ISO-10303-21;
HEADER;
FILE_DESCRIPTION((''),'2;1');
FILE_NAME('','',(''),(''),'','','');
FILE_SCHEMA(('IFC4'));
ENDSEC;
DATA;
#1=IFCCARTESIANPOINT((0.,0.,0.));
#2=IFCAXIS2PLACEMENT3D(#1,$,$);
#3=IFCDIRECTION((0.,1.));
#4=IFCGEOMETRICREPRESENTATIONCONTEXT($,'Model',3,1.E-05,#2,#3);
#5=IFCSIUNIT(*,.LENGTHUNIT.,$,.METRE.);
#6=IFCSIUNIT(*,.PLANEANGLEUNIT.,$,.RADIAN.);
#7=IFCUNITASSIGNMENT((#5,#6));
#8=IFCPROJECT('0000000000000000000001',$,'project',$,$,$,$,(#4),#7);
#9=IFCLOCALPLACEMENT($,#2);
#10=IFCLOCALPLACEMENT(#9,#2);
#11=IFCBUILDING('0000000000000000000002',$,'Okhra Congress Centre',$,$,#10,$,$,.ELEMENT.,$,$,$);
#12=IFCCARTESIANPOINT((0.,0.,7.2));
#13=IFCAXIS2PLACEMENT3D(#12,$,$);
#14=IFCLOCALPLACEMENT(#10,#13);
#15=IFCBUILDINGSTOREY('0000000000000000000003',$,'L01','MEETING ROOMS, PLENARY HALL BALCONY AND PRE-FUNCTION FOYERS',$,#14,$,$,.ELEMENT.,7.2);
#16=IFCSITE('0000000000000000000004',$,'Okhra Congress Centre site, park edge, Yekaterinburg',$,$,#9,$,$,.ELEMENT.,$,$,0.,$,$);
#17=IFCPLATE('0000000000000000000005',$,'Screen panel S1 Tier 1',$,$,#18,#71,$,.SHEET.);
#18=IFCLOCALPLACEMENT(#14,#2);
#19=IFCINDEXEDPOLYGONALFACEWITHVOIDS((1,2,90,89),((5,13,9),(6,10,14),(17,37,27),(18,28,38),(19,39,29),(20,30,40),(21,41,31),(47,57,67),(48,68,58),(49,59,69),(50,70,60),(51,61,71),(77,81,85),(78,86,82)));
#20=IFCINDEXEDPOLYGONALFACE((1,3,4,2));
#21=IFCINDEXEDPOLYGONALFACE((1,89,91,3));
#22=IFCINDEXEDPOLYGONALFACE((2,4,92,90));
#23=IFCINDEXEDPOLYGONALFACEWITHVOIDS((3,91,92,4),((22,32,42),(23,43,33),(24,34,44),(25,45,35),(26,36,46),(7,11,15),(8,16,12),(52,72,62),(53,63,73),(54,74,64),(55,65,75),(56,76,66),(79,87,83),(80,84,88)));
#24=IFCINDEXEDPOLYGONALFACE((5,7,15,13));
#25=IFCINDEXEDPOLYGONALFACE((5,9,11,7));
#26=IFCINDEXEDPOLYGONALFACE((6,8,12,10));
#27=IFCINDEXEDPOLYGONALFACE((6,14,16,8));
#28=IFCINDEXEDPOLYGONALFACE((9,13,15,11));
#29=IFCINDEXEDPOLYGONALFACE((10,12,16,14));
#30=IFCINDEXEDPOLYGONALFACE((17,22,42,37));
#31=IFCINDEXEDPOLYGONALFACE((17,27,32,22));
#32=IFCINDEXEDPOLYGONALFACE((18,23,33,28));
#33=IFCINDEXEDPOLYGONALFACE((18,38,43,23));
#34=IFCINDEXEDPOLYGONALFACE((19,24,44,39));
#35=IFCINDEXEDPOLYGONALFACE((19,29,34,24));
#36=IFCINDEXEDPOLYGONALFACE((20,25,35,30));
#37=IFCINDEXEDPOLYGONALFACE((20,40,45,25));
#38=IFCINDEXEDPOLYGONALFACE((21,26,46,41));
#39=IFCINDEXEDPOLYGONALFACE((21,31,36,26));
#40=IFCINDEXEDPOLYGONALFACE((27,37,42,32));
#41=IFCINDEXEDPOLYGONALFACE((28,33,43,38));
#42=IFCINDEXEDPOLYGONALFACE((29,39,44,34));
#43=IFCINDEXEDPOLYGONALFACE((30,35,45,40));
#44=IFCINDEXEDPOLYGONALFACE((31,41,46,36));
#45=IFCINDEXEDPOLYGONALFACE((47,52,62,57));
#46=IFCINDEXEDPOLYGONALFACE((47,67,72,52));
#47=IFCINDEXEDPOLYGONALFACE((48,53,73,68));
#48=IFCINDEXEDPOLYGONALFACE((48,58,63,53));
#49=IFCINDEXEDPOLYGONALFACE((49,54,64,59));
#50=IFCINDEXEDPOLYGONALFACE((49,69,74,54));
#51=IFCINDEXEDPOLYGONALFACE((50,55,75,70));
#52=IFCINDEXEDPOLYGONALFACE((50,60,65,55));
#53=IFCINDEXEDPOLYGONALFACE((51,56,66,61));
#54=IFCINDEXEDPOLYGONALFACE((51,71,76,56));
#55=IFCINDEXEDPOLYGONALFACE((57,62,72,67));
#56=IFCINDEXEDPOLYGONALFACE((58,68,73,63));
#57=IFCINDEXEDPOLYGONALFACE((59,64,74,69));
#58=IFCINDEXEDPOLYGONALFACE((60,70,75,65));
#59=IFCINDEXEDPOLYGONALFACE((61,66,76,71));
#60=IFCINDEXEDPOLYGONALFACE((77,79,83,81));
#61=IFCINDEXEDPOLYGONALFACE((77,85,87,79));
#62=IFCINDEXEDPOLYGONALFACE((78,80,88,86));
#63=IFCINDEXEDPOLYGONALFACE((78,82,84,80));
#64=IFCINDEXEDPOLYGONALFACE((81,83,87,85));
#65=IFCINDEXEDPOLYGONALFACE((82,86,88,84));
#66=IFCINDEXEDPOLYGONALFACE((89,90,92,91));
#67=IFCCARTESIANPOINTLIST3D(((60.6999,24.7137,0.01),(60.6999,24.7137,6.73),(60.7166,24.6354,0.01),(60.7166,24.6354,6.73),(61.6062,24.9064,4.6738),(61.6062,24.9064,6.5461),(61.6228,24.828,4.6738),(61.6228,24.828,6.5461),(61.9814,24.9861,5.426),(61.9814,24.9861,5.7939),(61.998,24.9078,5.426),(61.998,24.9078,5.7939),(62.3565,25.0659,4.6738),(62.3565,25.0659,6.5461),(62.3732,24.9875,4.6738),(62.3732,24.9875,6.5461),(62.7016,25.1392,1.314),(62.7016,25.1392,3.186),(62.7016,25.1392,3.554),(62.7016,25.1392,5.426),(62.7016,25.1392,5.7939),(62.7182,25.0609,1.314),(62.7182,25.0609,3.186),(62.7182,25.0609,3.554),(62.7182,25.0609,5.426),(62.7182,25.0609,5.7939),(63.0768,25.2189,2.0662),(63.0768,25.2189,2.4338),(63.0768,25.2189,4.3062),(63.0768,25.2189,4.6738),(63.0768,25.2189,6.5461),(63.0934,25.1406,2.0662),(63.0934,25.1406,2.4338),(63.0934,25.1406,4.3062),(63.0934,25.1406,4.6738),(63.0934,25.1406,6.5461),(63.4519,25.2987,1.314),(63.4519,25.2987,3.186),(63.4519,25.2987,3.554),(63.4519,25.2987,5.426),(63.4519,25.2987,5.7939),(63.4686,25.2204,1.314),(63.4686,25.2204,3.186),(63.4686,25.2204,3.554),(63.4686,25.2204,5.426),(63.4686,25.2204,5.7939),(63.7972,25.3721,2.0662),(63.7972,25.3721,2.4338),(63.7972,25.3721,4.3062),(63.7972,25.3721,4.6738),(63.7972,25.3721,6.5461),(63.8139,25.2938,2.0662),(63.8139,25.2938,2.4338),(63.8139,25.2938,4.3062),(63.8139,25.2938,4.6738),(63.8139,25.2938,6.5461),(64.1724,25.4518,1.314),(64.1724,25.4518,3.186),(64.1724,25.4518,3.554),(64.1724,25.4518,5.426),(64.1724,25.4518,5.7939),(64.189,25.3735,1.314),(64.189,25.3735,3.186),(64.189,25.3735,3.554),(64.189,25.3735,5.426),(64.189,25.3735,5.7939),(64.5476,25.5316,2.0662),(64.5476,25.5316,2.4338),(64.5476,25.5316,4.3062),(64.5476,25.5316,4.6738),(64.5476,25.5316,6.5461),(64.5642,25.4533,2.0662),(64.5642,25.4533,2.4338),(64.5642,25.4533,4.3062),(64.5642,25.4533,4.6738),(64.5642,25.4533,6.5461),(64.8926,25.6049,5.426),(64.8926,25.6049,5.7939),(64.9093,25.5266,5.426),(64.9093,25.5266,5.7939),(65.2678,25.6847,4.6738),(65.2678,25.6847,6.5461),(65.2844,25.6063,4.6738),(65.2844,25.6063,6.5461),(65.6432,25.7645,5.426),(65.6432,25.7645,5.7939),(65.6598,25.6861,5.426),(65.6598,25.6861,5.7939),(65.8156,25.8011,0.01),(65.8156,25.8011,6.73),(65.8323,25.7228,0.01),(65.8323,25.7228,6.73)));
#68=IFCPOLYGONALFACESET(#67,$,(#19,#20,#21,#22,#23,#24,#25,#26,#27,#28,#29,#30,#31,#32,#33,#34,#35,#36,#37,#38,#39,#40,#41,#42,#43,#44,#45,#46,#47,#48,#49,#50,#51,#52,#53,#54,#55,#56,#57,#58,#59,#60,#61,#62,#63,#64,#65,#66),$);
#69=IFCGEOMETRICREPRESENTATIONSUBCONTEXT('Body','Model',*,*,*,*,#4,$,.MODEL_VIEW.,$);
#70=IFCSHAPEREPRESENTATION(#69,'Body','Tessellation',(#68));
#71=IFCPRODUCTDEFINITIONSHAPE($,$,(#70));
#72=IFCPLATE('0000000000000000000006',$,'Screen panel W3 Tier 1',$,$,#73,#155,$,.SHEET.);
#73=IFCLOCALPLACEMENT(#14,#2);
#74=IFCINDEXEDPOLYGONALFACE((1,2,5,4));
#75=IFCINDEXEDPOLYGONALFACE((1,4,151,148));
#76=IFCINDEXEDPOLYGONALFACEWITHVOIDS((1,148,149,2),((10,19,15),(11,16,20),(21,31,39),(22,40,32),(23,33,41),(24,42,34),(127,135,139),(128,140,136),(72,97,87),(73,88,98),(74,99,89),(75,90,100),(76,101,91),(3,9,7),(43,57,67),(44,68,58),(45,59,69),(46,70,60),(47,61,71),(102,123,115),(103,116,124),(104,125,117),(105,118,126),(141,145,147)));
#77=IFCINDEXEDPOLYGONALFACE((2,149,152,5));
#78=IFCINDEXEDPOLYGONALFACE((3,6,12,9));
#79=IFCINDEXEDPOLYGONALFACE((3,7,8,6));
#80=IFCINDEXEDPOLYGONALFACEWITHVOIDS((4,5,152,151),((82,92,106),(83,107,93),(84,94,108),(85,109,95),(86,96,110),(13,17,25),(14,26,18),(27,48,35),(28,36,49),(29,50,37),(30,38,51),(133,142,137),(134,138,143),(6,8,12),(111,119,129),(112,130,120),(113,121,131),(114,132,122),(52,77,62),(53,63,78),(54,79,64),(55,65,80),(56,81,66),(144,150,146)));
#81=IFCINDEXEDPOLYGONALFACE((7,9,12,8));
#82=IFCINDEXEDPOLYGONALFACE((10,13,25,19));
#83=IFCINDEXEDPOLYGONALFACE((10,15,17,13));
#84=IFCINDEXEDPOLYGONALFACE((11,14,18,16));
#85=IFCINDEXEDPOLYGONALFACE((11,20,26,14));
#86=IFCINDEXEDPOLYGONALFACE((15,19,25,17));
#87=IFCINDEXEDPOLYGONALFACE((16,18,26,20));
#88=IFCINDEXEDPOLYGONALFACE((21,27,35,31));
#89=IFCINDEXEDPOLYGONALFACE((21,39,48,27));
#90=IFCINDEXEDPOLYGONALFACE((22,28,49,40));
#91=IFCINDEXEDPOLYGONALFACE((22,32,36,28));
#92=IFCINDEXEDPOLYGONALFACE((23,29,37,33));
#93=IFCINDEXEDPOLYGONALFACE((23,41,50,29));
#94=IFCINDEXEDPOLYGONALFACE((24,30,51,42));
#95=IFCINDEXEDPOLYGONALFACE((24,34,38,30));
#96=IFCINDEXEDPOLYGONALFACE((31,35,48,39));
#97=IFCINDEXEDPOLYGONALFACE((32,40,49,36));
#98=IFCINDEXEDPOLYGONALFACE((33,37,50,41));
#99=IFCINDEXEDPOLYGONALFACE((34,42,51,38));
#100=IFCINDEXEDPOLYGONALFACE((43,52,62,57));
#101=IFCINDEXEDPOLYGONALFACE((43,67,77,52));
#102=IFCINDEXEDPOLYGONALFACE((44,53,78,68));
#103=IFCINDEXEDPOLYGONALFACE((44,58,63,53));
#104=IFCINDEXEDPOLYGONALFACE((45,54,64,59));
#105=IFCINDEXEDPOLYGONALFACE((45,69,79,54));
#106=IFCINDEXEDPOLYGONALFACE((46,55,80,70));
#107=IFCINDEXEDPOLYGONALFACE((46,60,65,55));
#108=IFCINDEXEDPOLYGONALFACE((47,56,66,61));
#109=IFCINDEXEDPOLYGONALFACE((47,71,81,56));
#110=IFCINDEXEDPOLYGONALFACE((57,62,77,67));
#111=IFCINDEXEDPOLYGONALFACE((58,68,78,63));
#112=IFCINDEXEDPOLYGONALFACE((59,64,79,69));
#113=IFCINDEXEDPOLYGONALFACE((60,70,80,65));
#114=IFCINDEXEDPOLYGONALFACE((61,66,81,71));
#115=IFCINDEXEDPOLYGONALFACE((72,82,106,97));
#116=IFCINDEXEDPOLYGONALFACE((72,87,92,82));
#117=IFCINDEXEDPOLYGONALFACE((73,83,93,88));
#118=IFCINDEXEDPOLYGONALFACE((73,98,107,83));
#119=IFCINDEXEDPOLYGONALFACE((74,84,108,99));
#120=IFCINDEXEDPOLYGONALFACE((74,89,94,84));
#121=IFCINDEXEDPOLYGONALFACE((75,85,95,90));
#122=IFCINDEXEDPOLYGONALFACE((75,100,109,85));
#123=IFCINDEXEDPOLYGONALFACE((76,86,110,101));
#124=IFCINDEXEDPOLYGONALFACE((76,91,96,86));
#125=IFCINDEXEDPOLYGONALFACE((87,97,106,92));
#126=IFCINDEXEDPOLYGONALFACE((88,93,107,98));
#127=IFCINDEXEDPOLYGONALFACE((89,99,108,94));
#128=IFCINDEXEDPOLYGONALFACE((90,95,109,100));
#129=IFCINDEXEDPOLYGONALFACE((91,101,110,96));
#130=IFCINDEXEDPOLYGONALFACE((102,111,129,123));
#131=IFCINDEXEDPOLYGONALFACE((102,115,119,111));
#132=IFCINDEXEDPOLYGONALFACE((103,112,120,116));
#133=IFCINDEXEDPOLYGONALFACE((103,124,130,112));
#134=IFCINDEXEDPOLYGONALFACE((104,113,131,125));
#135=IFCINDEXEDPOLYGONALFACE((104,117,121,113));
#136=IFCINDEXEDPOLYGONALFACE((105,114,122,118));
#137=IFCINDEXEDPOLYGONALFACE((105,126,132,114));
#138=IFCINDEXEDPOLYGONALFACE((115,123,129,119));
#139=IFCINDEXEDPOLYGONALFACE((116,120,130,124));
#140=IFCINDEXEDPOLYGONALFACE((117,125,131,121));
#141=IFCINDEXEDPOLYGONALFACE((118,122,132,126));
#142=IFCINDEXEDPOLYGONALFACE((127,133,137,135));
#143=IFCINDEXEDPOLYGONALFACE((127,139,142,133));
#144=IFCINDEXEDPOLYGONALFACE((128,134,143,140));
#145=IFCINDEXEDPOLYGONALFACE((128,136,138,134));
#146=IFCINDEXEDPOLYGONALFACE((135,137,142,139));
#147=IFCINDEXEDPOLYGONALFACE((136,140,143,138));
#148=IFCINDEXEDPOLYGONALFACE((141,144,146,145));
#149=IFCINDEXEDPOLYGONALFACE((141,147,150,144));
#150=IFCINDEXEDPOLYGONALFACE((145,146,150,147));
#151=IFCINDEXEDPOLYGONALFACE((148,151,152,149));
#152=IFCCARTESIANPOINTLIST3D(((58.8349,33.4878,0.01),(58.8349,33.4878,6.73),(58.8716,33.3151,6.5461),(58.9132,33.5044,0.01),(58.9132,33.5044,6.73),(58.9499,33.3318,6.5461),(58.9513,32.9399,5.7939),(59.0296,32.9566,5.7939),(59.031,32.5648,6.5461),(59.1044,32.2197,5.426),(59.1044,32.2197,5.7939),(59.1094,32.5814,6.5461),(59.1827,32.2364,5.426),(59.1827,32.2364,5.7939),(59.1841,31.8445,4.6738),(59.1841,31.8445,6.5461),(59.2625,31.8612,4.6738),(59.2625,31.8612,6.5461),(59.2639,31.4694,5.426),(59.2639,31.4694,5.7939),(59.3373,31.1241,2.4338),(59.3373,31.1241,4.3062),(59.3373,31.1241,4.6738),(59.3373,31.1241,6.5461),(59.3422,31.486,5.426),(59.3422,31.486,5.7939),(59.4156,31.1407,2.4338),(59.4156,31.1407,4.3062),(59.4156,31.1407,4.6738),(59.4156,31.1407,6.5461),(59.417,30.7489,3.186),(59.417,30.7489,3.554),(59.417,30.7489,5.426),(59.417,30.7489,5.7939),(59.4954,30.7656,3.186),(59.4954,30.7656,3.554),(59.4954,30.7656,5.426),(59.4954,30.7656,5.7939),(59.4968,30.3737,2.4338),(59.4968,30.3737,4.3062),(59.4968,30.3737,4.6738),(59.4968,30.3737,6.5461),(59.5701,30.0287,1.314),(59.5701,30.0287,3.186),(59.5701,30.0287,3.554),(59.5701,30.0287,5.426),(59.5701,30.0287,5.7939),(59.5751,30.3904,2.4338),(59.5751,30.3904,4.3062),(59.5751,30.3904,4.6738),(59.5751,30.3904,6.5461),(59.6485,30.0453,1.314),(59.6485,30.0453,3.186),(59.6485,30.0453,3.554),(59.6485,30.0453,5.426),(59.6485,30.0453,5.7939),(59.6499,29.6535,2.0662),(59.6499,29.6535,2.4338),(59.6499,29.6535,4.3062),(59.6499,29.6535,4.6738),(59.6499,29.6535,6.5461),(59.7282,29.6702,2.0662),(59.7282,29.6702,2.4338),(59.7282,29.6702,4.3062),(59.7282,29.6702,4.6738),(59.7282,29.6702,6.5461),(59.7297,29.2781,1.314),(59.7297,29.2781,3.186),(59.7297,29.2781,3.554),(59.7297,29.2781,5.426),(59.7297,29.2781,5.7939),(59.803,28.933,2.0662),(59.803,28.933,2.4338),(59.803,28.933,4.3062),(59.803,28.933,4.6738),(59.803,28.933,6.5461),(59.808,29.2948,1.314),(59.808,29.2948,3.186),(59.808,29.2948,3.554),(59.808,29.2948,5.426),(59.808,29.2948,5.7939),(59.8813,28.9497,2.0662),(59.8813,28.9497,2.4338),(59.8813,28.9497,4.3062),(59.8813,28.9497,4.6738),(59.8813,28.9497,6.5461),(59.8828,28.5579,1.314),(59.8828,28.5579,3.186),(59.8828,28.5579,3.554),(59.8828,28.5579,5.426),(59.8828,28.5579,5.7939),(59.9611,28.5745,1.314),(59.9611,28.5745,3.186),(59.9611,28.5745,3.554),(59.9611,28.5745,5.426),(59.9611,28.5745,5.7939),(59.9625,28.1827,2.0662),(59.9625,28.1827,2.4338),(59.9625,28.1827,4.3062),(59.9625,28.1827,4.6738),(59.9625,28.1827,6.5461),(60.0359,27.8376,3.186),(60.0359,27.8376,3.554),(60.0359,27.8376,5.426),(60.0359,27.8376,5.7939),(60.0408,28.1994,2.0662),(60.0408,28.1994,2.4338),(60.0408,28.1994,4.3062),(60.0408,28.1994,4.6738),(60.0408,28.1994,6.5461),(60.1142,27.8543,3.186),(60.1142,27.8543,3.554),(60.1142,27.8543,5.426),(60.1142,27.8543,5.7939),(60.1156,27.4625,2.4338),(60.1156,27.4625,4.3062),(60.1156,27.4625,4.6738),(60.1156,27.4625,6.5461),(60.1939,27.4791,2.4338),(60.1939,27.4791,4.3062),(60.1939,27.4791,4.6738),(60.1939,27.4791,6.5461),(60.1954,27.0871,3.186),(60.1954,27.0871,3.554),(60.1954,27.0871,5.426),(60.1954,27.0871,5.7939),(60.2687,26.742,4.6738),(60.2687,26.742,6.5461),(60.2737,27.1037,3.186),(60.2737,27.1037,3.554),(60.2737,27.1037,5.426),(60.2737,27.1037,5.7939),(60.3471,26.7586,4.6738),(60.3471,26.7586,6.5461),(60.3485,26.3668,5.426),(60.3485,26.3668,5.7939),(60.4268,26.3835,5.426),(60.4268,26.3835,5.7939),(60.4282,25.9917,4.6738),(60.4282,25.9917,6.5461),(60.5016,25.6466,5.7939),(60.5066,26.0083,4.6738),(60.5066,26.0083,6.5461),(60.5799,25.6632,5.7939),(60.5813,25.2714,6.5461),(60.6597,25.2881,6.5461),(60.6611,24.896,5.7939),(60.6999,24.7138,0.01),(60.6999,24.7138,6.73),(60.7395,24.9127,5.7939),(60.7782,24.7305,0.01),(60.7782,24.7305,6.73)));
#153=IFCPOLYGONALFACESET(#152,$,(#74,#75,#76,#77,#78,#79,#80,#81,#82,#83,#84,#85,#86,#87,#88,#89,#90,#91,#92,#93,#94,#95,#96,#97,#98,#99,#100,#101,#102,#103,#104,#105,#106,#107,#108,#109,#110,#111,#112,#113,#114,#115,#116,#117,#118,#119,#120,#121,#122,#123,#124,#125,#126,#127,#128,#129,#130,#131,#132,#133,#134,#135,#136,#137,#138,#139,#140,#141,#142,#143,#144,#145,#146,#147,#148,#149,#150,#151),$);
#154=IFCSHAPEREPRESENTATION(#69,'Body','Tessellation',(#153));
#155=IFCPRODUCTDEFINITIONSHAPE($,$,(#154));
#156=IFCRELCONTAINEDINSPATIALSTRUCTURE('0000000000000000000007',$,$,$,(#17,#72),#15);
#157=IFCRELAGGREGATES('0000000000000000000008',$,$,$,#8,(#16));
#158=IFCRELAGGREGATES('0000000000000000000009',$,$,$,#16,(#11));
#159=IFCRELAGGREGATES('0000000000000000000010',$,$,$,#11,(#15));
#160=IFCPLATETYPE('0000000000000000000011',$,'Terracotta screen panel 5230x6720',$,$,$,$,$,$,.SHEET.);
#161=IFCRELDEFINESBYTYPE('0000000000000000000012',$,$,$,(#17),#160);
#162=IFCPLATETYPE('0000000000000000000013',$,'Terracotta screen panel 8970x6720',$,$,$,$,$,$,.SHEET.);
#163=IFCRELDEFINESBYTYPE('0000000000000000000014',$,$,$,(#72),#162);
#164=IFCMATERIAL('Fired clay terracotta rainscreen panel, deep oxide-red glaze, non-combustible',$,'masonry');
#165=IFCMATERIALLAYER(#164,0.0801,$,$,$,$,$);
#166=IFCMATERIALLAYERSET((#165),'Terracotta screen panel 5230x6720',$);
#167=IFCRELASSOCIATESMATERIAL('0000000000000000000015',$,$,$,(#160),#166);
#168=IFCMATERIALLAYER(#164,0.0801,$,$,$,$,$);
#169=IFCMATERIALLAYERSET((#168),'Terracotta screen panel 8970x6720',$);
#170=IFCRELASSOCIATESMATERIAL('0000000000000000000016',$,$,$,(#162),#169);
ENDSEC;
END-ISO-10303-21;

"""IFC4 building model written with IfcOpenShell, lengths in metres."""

from ifc_helpers import new_model, si_unit, direction, frame, origin, place, context, subcontext, project, spatial, polyline, outline, extrude, material, layer, layer_set, type_object, element, save


model = new_model("IFC4")

# Units and contexts
model_context = context("Model", 3, precision=1e-05, world=origin(), true_north=direction((0.0, 1.0)))
body_context = subcontext(model_context, "Body", "Model", "MODEL_VIEW")
ifc_project = project(units=[si_unit("LENGTHUNIT", "METRE"), si_unit("PLANEANGLEUNIT", "RADIAN")], contexts=[model_context])

# Site, building, storey
site_placement = place(None, origin())
site = spatial("IfcSite", under=ifc_project, at=site_placement, Name="Okhra Congress Centre site, park edge, Yekaterinburg", CompositionType="ELEMENT", RefElevation=0.0)
building_placement = place(site_placement, origin())
building = spatial("IfcBuilding", under=site, at=building_placement, Name="Okhra Congress Centre", CompositionType="ELEMENT")
storey_placement = place(building_placement, frame((0.0, 0.0, 7.2)))
storey = spatial("IfcBuildingStorey", under=building, at=storey_placement, Name="L01", Description="MEETING ROOMS, PLENARY HALL BALCONY AND PRE-FUNCTION FOYERS", CompositionType="ELEMENT", Elevation=7.2)

# Plates
ifc_material_1 = material(Name="Fired clay terracotta rainscreen panel, deep oxide-red glaze, non-combustible", Category="masonry")
ifc_layer_1 = layer(ifc_material_1, 0.0801)
ifc_layer_set_1 = layer_set([ifc_layer_1], Name="Terracotta screen panel 5230x6720")
plate_type_1 = type_object("IfcPlateType", Name="Terracotta screen panel 5230x6720", PredefinedType="SHEET", material=ifc_layer_set_1)
plate_1_placement = place(storey_placement, frame((60.7083, 24.6746, 0.01), z_axis=(0.0, 0.0, 1.0), x_axis=(0.978147, 0.207916, 0.0)))
element("IfcPlate", 1, at=plate_1_placement, inside=storey, type_object=plate_type_1, Name="Screen panel S1 Tier 1", PredefinedType="SHEET", context=body_context, shape_type="SweptSolid", body=[
    extrude(outline(polyline([(0.0, 0.0), (5.23, 0.0), (5.23, 6.72), (0.0, 6.72), (0.0, 0.0)]), holes=[polyline([(2.0464, 1.304), (2.8135, 1.304), (2.4299, 2.0562), (2.0464, 1.304)]), polyline([(3.1665, 2.0562), (3.55, 1.304), (3.9336, 2.0562), (3.1665, 2.0562)]), polyline([(2.0464, 3.176), (2.4299, 2.4238), (2.8135, 3.176), (2.0464, 3.176)]), polyline([(3.1665, 2.4238), (3.9336, 2.4238), (3.55, 3.176), (3.1665, 2.4238)]), polyline([(2.0464, 3.5439), (2.8135, 3.5439), (2.4299, 4.2961), (2.0464, 3.5439)]), polyline([(3.1665, 4.2961), (3.55, 3.5439), (3.9336, 4.2961), (3.1665, 4.2961)]), polyline([(0.9265, 4.6638), (1.6936, 4.6638), (1.3101, 5.416), (0.9265, 4.6638)]), polyline([(2.0464, 5.416), (2.4299, 4.6638), (2.8135, 5.416), (2.0464, 5.416)]), polyline([(3.1665, 4.6638), (3.9336, 4.6638), (3.55, 5.416), (3.1665, 4.6638)]), polyline([(4.2864, 5.416), (4.6699, 4.6638), (5.0537, 5.416), (4.2864, 5.416)]), polyline([(0.9265, 6.5361), (1.3101, 5.7839), (1.6936, 6.5361), (0.9265, 6.5361)]), polyline([(2.0464, 5.7839), (2.8135, 5.7839), (2.4299, 6.5361), (2.0464, 5.7839)]), polyline([(3.1665, 6.5361), (3.55, 5.7839), (3.9336, 6.5361), (3.1665, 6.5361)]), polyline([(4.2864, 5.7839), (5.0537, 5.7839), (4.6699, 6.5361), (4.2864, 5.7839)])]), frame((0.0, 0.04, 0.0), z_axis=(0.0, -1.0, 0.0), x_axis=(1.0, 0.0, 0.0)), (0.0, 0.0, 1.0), 0.0801),
])
ifc_layer_2 = layer(ifc_material_1, 0.0801)
ifc_layer_set_2 = layer_set([ifc_layer_2], Name="Terracotta screen panel 8970x6720")
plate_type_2 = type_object("IfcPlateType", Name="Terracotta screen panel 8970x6720", PredefinedType="SHEET", material=ifc_layer_set_2)
plate_2_placement = place(storey_placement, frame((58.874, 33.4961, 0.01), z_axis=(0.0, 0.0, 1.0), x_axis=(0.207915, -0.978147, 0.0)))
element("IfcPlate", 2, at=plate_2_placement, inside=storey, type_object=plate_type_2, Name="Screen panel W3 Tier 1", PredefinedType="SHEET", context=body_context, shape_type="SweptSolid", body=[
    extrude(outline(polyline([(0.0, 0.0), (8.97, 0.0), (8.97, 6.72), (0.0, 6.72), (0.0, 0.0)]), holes=[polyline([(3.5364, 1.304), (4.3037, 1.304), (3.9199, 2.0562), (3.5364, 1.304)]), polyline([(4.6565, 2.0562), (5.04, 1.304), (5.4236, 2.0562), (4.6565, 2.0562)]), polyline([(2.4165, 2.4238), (3.1836, 2.4238), (2.8, 3.176), (2.4165, 2.4238)]), polyline([(3.5364, 3.176), (3.9199, 2.4238), (4.3037, 3.176), (3.5364, 3.176)]), polyline([(4.6565, 2.4238), (5.4236, 2.4238), (5.04, 3.176), (4.6565, 2.4238)]), polyline([(5.7764, 3.176), (6.1599, 2.4238), (6.5437, 3.176), (5.7764, 3.176)]), polyline([(2.4165, 4.2961), (2.8, 3.5439), (3.1836, 4.2961), (2.4165, 4.2961)]), polyline([(3.5364, 3.5439), (4.3037, 3.5439), (3.9199, 4.2961), (3.5364, 3.5439)]), polyline([(4.6565, 4.2961), (5.04, 3.5439), (5.4236, 4.2961), (4.6565, 4.2961)]), polyline([(5.7764, 3.5439), (6.5437, 3.5439), (6.1599, 4.2961), (5.7764, 3.5439)]), polyline([(1.2964, 5.416), (1.6799, 4.6638), (2.0635, 5.416), (1.2964, 5.416)]), polyline([(2.4165, 4.6638), (3.1836, 4.6638), (2.8, 5.416), (2.4165, 4.6638)]), polyline([(3.5364, 5.416), (3.9199, 4.6638), (4.3037, 5.416), (3.5364, 5.416)]), polyline([(4.6565, 4.6638), (5.4236, 4.6638), (5.04, 5.416), (4.6565, 4.6638)]), polyline([(5.7764, 5.416), (6.1599, 4.6638), (6.5437, 5.416), (5.7764, 5.416)]), polyline([(6.8965, 4.6638), (7.6636, 4.6638), (7.28, 5.416), (6.8965, 4.6638)]), polyline([(0.1765, 6.5361), (0.5601, 5.7839), (0.9436, 6.5361), (0.1765, 6.5361)]), polyline([(1.2964, 5.7839), (2.0635, 5.7839), (1.6799, 6.5361), (1.2964, 5.7839)]), polyline([(2.4165, 6.5361), (2.8, 5.7839), (3.1836, 6.5361), (2.4165, 6.5361)]), polyline([(3.5364, 5.7839), (4.3037, 5.7839), (3.9199, 6.5361), (3.5364, 5.7839)]), polyline([(4.6565, 6.5361), (5.04, 5.7839), (5.4236, 6.5361), (4.6565, 6.5361)]), polyline([(5.7764, 5.7839), (6.5437, 5.7839), (6.1599, 6.5361), (5.7764, 5.7839)]), polyline([(6.8965, 6.5361), (7.28, 5.7839), (7.6636, 6.5361), (6.8965, 6.5361)]), polyline([(8.0164, 5.7839), (8.7837, 5.7839), (8.3999, 6.5361), (8.0164, 5.7839)])]), frame((0.0, 0.04, 0.0), z_axis=(0.0, -1.0, 0.0), x_axis=(1.0, 0.0, 0.0)), (0.0, 0.0, 1.0), 0.0801),
])

save(model, "model.ifc")
